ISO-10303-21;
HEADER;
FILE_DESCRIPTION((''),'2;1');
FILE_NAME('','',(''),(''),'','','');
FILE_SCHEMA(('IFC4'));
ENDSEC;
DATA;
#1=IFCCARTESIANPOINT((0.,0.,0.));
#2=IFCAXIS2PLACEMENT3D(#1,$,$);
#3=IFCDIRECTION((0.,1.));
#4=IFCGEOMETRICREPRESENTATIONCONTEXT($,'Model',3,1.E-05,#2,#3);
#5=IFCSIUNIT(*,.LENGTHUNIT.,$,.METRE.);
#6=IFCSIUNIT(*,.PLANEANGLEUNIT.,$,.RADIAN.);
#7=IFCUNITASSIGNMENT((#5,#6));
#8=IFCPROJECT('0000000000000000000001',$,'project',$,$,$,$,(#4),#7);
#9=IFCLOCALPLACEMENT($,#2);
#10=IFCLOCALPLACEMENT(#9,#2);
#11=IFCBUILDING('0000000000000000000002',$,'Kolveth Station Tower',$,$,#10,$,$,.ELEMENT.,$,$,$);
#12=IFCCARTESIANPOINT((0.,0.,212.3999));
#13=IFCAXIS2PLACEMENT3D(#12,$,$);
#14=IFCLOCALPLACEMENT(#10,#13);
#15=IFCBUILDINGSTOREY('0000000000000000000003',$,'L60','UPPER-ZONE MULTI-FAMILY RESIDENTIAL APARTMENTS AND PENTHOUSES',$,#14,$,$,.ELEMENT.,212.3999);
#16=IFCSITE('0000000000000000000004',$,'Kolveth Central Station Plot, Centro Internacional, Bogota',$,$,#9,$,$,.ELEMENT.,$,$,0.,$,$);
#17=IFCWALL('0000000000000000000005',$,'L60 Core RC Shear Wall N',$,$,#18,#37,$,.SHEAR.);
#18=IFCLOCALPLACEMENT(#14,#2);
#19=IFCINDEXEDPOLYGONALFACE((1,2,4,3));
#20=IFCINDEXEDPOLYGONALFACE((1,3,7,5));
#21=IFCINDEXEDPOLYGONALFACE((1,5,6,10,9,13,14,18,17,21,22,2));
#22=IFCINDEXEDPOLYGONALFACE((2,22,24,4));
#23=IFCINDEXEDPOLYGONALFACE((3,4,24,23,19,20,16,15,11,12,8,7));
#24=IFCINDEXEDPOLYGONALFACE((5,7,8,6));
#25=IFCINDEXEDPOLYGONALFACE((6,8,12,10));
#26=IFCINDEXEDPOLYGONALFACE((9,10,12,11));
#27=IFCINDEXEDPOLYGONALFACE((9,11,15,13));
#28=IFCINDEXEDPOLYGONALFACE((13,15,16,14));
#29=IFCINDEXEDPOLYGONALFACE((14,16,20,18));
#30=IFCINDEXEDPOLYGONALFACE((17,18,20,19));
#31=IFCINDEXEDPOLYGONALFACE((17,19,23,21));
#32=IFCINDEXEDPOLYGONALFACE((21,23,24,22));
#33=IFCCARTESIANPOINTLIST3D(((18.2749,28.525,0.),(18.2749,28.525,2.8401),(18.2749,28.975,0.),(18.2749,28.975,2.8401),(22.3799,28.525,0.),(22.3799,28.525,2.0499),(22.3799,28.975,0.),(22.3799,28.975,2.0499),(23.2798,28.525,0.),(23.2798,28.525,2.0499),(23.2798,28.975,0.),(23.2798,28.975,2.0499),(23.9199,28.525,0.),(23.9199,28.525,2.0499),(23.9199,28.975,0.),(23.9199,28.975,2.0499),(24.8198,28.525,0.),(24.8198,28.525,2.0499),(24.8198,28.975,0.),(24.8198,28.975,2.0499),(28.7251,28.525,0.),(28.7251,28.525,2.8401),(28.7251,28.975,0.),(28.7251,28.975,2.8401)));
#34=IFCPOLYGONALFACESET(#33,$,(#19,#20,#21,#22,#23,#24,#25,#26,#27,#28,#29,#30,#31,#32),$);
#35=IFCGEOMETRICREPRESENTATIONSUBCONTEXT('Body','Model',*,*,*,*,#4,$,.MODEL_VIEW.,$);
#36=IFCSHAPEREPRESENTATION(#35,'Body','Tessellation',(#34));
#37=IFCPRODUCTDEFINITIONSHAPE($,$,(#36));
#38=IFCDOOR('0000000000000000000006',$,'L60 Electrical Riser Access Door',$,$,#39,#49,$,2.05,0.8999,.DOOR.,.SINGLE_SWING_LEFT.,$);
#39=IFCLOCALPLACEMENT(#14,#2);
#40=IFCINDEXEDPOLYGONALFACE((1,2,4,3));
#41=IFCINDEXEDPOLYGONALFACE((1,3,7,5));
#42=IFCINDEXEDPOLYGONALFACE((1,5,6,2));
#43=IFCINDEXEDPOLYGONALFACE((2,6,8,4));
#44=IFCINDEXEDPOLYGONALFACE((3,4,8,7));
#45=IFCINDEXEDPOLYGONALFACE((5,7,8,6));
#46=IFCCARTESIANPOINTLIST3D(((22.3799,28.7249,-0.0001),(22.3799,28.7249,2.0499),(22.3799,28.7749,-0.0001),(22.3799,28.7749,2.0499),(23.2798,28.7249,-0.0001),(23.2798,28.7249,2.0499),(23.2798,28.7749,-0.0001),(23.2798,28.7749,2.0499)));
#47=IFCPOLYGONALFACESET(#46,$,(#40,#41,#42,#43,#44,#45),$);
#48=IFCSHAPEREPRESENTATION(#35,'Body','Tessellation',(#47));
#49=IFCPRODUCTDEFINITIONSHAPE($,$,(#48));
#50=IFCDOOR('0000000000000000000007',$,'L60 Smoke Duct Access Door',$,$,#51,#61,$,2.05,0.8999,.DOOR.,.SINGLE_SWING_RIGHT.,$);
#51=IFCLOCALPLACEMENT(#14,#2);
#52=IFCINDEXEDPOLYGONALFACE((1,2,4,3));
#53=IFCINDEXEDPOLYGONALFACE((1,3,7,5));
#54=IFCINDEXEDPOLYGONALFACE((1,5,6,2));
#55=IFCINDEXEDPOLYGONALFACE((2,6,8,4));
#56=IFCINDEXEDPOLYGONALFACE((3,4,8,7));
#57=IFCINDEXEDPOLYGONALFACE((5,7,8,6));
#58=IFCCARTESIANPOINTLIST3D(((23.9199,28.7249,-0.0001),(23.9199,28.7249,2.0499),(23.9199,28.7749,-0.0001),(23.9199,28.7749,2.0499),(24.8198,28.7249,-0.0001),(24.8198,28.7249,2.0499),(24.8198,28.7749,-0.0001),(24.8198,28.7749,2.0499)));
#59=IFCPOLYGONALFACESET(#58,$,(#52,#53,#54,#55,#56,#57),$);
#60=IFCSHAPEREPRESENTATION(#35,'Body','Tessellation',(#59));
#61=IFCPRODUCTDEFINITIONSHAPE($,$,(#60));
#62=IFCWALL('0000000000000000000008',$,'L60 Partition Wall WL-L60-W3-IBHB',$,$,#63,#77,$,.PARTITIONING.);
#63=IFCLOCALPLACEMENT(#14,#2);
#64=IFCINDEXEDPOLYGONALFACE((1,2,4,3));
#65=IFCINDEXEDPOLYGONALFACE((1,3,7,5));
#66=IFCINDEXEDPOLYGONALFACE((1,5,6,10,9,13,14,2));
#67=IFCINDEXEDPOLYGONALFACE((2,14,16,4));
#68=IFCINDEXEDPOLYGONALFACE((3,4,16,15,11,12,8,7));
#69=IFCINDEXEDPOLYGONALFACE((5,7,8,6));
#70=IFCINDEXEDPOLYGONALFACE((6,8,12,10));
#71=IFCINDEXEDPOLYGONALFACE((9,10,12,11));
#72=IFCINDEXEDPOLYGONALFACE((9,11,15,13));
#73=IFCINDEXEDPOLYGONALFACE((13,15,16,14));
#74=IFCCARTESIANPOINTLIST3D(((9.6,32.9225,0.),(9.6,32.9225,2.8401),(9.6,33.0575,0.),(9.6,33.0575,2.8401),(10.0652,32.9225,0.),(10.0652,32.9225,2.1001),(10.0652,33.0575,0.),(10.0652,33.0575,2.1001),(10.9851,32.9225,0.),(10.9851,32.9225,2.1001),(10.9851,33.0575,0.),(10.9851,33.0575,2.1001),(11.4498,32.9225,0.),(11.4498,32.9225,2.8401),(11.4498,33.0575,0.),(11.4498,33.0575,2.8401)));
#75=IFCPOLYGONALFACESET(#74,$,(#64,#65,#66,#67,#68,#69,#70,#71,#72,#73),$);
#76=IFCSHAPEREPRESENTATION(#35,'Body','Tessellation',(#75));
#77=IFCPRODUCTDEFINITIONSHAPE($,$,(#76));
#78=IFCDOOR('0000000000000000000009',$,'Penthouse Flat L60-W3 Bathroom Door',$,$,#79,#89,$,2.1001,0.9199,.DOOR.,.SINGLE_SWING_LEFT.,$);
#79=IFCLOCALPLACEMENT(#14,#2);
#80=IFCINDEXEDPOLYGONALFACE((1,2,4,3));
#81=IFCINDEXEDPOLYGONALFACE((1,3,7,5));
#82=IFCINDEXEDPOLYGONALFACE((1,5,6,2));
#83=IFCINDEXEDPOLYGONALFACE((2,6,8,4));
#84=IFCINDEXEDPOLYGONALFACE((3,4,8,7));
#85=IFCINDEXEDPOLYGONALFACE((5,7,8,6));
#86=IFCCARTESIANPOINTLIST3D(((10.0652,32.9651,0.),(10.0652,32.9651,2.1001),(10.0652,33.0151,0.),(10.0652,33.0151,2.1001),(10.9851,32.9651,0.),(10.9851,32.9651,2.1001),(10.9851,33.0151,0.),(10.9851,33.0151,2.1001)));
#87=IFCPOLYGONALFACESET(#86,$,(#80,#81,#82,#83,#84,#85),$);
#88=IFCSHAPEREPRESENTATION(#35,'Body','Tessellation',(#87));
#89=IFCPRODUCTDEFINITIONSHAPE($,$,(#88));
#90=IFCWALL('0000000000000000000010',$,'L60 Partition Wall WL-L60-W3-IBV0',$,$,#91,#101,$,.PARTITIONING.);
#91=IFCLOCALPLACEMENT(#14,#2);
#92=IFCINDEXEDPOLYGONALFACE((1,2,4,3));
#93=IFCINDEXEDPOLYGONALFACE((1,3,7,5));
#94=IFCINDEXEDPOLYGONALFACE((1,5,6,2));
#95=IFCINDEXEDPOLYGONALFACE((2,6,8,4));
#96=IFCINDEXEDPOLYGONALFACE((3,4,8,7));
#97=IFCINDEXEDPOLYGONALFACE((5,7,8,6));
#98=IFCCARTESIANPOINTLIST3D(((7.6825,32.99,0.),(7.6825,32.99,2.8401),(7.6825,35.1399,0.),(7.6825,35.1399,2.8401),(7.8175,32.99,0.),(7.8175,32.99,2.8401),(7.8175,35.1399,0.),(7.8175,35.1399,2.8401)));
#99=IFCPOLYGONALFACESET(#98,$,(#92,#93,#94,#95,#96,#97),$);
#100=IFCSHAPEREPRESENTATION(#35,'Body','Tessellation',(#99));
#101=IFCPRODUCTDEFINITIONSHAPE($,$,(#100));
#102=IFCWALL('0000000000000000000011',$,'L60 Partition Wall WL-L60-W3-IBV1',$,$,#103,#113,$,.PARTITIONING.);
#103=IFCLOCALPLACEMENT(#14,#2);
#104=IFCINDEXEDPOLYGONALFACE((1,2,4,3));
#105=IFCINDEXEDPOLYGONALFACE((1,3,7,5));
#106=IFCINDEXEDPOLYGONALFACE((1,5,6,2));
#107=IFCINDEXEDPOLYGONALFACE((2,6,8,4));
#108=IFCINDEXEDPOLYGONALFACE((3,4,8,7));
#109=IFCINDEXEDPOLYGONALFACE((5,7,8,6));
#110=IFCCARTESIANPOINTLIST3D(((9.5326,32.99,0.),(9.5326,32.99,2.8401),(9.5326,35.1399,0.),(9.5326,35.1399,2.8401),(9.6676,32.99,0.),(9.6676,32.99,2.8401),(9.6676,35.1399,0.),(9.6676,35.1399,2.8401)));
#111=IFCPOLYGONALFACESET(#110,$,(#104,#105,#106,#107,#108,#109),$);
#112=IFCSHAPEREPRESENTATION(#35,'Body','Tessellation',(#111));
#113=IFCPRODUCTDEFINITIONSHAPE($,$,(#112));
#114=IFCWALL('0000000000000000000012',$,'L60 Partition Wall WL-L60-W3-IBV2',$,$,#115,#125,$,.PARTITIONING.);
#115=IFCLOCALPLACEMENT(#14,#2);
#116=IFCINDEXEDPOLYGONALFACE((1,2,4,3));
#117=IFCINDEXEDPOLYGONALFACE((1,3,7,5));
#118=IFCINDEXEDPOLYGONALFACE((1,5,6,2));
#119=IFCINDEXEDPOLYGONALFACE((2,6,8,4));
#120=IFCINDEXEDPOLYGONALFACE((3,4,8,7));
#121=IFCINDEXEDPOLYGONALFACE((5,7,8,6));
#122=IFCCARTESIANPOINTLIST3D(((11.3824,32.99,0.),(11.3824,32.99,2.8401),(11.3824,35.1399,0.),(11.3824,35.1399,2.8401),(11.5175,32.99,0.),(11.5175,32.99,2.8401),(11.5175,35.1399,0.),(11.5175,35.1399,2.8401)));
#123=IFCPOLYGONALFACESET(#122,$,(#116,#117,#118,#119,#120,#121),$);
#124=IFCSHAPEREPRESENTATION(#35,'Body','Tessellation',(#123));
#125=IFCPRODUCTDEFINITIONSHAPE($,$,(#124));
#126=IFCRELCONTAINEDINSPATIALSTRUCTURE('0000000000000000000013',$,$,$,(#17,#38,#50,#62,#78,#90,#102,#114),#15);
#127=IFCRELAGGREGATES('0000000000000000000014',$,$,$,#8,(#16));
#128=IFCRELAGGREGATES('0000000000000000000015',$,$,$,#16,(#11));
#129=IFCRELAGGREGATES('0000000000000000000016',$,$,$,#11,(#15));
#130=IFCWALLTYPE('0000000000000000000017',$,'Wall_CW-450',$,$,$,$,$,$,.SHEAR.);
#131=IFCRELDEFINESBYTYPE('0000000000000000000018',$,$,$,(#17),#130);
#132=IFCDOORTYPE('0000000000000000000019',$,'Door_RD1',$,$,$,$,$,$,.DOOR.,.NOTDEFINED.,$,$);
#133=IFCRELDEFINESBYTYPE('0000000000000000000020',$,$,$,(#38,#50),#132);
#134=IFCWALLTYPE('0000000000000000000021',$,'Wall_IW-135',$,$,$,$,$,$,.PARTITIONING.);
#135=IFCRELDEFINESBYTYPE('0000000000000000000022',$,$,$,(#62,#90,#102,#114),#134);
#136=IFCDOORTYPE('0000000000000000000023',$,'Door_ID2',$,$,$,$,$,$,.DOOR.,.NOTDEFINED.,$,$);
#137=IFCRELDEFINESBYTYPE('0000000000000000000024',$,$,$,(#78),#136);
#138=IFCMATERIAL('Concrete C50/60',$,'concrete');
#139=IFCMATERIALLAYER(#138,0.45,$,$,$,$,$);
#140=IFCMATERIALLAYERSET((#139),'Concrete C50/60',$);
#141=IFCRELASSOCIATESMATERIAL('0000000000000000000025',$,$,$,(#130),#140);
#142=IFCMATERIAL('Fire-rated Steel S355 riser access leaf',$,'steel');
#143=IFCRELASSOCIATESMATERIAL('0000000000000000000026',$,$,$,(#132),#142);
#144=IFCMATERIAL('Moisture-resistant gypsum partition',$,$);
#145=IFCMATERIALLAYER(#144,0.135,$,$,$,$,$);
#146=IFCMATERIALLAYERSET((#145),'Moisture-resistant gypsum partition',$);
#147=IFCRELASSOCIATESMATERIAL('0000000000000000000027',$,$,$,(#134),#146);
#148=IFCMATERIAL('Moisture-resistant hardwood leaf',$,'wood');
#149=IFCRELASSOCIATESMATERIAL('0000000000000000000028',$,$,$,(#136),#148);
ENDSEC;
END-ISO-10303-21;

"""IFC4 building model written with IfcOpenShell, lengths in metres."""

from ifc_helpers import new_model, si_unit, direction, frame, frame_2d, origin, place, context, subcontext, project, spatial, rectangle, extrude, material, layer, layer_set, type_object, element, fill, save


model = new_model("IFC4")

# Units and contexts
model_context = context("Model", 3, precision=1e-05, world=origin(), true_north=direction((0.0, 1.0)))
body_context = subcontext(model_context, "Body", "Model", "MODEL_VIEW")
ifc_project = project(units=[si_unit("LENGTHUNIT", "METRE"), si_unit("PLANEANGLEUNIT", "RADIAN")], contexts=[model_context])

# Site, building, storey
site_placement = place(None, origin())
site = spatial("IfcSite", under=ifc_project, at=site_placement, Name="Kolveth Central Station Plot, Centro Internacional, Bogota", CompositionType="ELEMENT", RefElevation=0.0)
building_placement = place(site_placement, origin())
building = spatial("IfcBuilding", under=site, at=building_placement, Name="Kolveth Station Tower", CompositionType="ELEMENT")
storey_placement = place(building_placement, frame((0.0, 0.0, 212.3999)))
storey = spatial("IfcBuildingStorey", under=building, at=storey_placement, Name="L60", Description="UPPER-ZONE MULTI-FAMILY RESIDENTIAL APARTMENTS AND PENTHOUSES", CompositionType="ELEMENT", Elevation=212.3999)

# Wall, openings, doors
ifc_material_1 = material(Name="Concrete C50/60", Category="concrete")
ifc_layer_1 = layer(ifc_material_1, 0.45)
ifc_layer_set_1 = layer_set([ifc_layer_1], Name="Concrete C50/60")
wall_type_1 = type_object("IfcWallType", Name="Wall_CW-450", PredefinedType="SHEAR", material=ifc_layer_set_1)
wall_1_placement = place(storey_placement, frame((18.2749, 28.75, 0.0), z_axis=(0.0, 0.0, 1.0), x_axis=(1.0, 0.0, 0.0)))
wall_1 = element("IfcWall", 1, at=wall_1_placement, inside=storey, type_object=wall_type_1, Name="L60 Core RC Shear Wall N", PredefinedType="SHEAR", context=body_context, shape_type="SweptSolid", body=[
    extrude(rectangle(XDim=10.4502, YDim=0.45, at=frame_2d((5.2251, 0.0))), origin(), (0.0, 0.0, 1.0), 2.8401),
])
opening_1_placement = place(wall_1_placement, frame((4.105, 0.0, 0.0)))
opening_1 = element("IfcOpeningElement", 2, at=opening_1_placement, cuts=wall_1, PredefinedType="OPENING", context=body_context, shape_type="SweptSolid", body=[
    extrude(rectangle(XDim=0.8999, YDim=2.05, at=frame_2d((0.45, 1.0249))), frame((0.0, 0.2349, 0.0), z_axis=(0.0, -1.0, 0.0), x_axis=(1.0, 0.0, 0.0)), (0.0, 0.0, 1.0), 0.47),
])
opening_2_placement = place(wall_1_placement, frame((5.645, 0.0, 0.0)))
opening_2 = element("IfcOpeningElement", 3, at=opening_2_placement, cuts=wall_1, PredefinedType="OPENING", context=body_context, shape_type="SweptSolid", body=[
    extrude(rectangle(XDim=0.8999, YDim=2.05, at=frame_2d((0.45, 1.0249))), frame((0.0, 0.2349, 0.0), z_axis=(0.0, -1.0, 0.0), x_axis=(1.0, 0.0, 0.0)), (0.0, 0.0, 1.0), 0.47),
])
ifc_material_2 = material(Name="Fire-rated Steel S355 riser access leaf", Category="steel")
door_type_1 = type_object("IfcDoorType", Name="Door_RD1", OperationType="NOTDEFINED", PredefinedType="DOOR", material=ifc_material_2)
door_1_placement = place(opening_1_placement, origin())
door_1 = element("IfcDoor", 4, at=door_1_placement, inside=storey, type_object=door_type_1, Name="L60 Electrical Riser Access Door", OperationType="SINGLE_SWING_LEFT", OverallHeight=2.05, OverallWidth=0.8999, PredefinedType="DOOR", context=body_context, shape_type="SweptSolid", body=[
    extrude(rectangle(XDim=0.8999, YDim=2.05, at=frame_2d((0.45, 1.0249))), frame((0.0, 0.0249, 0.0), z_axis=(0.0, -1.0, 0.0), x_axis=(1.0, 0.0, 0.0)), (0.0, 0.0, 1.0), 0.05),
])
fill(opening_1, door_1)
door_2_placement = place(opening_2_placement, origin())
door_2 = element("IfcDoor", 5, at=door_2_placement, inside=storey, type_object=door_type_1, Name="L60 Smoke Duct Access Door", OperationType="SINGLE_SWING_RIGHT", OverallHeight=2.05, OverallWidth=0.8999, PredefinedType="DOOR", context=body_context, shape_type="SweptSolid", body=[
    extrude(rectangle(XDim=0.8999, YDim=2.05, at=frame_2d((0.45, 1.0249))), frame((0.0, 0.0249, 0.0), z_axis=(0.0, -1.0, 0.0), x_axis=(1.0, 0.0, 0.0)), (0.0, 0.0, 1.0), 0.05),
])
fill(opening_2, door_2)

# Wall, opening, door
ifc_material_3 = material(Name="Moisture-resistant gypsum partition")
ifc_layer_2 = layer(ifc_material_3, 0.135)
ifc_layer_set_2 = layer_set([ifc_layer_2], Name="Moisture-resistant gypsum partition")
wall_type_2 = type_object("IfcWallType", Name="Wall_IW-135", PredefinedType="PARTITIONING", material=ifc_layer_set_2)
wall_2_placement = place(storey_placement, frame((9.6001, 32.99, 0.0), z_axis=(0.0, 0.0, 1.0), x_axis=(1.0, 0.0, 0.0)))
wall_2 = element("IfcWall", 6, at=wall_2_placement, inside=storey, type_object=wall_type_2, Name="L60 Partition Wall WL-L60-W3-IBHB", PredefinedType="PARTITIONING", context=body_context, shape_type="SweptSolid", body=[
    extrude(rectangle(XDim=1.8499, YDim=0.135, at=frame_2d((0.9248, 0.0))), origin(), (0.0, 0.0, 1.0), 2.8401),
])
opening_3_placement = place(wall_2_placement, frame((0.4651, 0.0, 0.0)))
opening_3 = element("IfcOpeningElement", 7, at=opening_3_placement, cuts=wall_2, PredefinedType="OPENING", context=body_context, shape_type="SweptSolid", body=[
    extrude(rectangle(XDim=0.9199, YDim=2.1001, at=frame_2d((0.46, 1.05))), frame((0.0, 0.0774, 0.0), z_axis=(0.0, -1.0, 0.0), x_axis=(1.0, 0.0, 0.0)), (0.0, 0.0, 1.0), 0.155),
])
ifc_material_4 = material(Name="Moisture-resistant hardwood leaf", Category="wood")
door_type_2 = type_object("IfcDoorType", Name="Door_ID2", OperationType="NOTDEFINED", PredefinedType="DOOR", material=ifc_material_4)
door_3_placement = place(opening_3_placement, frame((0.9199, 0.0, 0.0), z_axis=(0.0, 0.0, 1.0), x_axis=(-1.0, 0.0, 0.0)))
door_3 = element("IfcDoor", 8, at=door_3_placement, inside=storey, type_object=door_type_2, Name="Penthouse Flat L60-W3 Bathroom Door", OperationType="SINGLE_SWING_LEFT", OverallHeight=2.1001, OverallWidth=0.9199, PredefinedType="DOOR", context=body_context, shape_type="SweptSolid", body=[
    extrude(rectangle(XDim=0.9199, YDim=2.1001, at=frame_2d((0.46, 1.05))), frame((0.0, 0.0249, 0.0), z_axis=(0.0, -1.0, 0.0), x_axis=(1.0, 0.0, 0.0)), (0.0, 0.0, 1.0), 0.05),
])
fill(opening_3, door_3)

# Walls
for number, where, z_axis, x_axis, name in (
    (9, (7.75, 32.99, 0.0), (0.0, 0.0, 1.0), (0.0, 1.0, 0.0), "L60 Partition Wall WL-L60-W3-IBV0"),
    (10, (9.6001, 32.99, 0.0), (0.0, 0.0, 1.0), (0.0, 1.0, 0.0), "L60 Partition Wall WL-L60-W3-IBV1"),
    (11, (11.45, 32.99, 0.0), (0.0, 0.0, 1.0), (0.0, 1.0, 0.0), "L60 Partition Wall WL-L60-W3-IBV2"),
):
    element("IfcWall", number, at=place(storey_placement, frame(where, z_axis=z_axis, x_axis=x_axis)), inside=storey, type_object=wall_type_2, Name=name, PredefinedType="PARTITIONING", context=body_context, shape_type="SweptSolid", body=[
        extrude(rectangle(XDim=2.1499, YDim=0.135, at=frame_2d((1.075, 0.0))), origin(), (0.0, 0.0, 1.0), 2.8401),
    ])

save(model, "model.ifc")
